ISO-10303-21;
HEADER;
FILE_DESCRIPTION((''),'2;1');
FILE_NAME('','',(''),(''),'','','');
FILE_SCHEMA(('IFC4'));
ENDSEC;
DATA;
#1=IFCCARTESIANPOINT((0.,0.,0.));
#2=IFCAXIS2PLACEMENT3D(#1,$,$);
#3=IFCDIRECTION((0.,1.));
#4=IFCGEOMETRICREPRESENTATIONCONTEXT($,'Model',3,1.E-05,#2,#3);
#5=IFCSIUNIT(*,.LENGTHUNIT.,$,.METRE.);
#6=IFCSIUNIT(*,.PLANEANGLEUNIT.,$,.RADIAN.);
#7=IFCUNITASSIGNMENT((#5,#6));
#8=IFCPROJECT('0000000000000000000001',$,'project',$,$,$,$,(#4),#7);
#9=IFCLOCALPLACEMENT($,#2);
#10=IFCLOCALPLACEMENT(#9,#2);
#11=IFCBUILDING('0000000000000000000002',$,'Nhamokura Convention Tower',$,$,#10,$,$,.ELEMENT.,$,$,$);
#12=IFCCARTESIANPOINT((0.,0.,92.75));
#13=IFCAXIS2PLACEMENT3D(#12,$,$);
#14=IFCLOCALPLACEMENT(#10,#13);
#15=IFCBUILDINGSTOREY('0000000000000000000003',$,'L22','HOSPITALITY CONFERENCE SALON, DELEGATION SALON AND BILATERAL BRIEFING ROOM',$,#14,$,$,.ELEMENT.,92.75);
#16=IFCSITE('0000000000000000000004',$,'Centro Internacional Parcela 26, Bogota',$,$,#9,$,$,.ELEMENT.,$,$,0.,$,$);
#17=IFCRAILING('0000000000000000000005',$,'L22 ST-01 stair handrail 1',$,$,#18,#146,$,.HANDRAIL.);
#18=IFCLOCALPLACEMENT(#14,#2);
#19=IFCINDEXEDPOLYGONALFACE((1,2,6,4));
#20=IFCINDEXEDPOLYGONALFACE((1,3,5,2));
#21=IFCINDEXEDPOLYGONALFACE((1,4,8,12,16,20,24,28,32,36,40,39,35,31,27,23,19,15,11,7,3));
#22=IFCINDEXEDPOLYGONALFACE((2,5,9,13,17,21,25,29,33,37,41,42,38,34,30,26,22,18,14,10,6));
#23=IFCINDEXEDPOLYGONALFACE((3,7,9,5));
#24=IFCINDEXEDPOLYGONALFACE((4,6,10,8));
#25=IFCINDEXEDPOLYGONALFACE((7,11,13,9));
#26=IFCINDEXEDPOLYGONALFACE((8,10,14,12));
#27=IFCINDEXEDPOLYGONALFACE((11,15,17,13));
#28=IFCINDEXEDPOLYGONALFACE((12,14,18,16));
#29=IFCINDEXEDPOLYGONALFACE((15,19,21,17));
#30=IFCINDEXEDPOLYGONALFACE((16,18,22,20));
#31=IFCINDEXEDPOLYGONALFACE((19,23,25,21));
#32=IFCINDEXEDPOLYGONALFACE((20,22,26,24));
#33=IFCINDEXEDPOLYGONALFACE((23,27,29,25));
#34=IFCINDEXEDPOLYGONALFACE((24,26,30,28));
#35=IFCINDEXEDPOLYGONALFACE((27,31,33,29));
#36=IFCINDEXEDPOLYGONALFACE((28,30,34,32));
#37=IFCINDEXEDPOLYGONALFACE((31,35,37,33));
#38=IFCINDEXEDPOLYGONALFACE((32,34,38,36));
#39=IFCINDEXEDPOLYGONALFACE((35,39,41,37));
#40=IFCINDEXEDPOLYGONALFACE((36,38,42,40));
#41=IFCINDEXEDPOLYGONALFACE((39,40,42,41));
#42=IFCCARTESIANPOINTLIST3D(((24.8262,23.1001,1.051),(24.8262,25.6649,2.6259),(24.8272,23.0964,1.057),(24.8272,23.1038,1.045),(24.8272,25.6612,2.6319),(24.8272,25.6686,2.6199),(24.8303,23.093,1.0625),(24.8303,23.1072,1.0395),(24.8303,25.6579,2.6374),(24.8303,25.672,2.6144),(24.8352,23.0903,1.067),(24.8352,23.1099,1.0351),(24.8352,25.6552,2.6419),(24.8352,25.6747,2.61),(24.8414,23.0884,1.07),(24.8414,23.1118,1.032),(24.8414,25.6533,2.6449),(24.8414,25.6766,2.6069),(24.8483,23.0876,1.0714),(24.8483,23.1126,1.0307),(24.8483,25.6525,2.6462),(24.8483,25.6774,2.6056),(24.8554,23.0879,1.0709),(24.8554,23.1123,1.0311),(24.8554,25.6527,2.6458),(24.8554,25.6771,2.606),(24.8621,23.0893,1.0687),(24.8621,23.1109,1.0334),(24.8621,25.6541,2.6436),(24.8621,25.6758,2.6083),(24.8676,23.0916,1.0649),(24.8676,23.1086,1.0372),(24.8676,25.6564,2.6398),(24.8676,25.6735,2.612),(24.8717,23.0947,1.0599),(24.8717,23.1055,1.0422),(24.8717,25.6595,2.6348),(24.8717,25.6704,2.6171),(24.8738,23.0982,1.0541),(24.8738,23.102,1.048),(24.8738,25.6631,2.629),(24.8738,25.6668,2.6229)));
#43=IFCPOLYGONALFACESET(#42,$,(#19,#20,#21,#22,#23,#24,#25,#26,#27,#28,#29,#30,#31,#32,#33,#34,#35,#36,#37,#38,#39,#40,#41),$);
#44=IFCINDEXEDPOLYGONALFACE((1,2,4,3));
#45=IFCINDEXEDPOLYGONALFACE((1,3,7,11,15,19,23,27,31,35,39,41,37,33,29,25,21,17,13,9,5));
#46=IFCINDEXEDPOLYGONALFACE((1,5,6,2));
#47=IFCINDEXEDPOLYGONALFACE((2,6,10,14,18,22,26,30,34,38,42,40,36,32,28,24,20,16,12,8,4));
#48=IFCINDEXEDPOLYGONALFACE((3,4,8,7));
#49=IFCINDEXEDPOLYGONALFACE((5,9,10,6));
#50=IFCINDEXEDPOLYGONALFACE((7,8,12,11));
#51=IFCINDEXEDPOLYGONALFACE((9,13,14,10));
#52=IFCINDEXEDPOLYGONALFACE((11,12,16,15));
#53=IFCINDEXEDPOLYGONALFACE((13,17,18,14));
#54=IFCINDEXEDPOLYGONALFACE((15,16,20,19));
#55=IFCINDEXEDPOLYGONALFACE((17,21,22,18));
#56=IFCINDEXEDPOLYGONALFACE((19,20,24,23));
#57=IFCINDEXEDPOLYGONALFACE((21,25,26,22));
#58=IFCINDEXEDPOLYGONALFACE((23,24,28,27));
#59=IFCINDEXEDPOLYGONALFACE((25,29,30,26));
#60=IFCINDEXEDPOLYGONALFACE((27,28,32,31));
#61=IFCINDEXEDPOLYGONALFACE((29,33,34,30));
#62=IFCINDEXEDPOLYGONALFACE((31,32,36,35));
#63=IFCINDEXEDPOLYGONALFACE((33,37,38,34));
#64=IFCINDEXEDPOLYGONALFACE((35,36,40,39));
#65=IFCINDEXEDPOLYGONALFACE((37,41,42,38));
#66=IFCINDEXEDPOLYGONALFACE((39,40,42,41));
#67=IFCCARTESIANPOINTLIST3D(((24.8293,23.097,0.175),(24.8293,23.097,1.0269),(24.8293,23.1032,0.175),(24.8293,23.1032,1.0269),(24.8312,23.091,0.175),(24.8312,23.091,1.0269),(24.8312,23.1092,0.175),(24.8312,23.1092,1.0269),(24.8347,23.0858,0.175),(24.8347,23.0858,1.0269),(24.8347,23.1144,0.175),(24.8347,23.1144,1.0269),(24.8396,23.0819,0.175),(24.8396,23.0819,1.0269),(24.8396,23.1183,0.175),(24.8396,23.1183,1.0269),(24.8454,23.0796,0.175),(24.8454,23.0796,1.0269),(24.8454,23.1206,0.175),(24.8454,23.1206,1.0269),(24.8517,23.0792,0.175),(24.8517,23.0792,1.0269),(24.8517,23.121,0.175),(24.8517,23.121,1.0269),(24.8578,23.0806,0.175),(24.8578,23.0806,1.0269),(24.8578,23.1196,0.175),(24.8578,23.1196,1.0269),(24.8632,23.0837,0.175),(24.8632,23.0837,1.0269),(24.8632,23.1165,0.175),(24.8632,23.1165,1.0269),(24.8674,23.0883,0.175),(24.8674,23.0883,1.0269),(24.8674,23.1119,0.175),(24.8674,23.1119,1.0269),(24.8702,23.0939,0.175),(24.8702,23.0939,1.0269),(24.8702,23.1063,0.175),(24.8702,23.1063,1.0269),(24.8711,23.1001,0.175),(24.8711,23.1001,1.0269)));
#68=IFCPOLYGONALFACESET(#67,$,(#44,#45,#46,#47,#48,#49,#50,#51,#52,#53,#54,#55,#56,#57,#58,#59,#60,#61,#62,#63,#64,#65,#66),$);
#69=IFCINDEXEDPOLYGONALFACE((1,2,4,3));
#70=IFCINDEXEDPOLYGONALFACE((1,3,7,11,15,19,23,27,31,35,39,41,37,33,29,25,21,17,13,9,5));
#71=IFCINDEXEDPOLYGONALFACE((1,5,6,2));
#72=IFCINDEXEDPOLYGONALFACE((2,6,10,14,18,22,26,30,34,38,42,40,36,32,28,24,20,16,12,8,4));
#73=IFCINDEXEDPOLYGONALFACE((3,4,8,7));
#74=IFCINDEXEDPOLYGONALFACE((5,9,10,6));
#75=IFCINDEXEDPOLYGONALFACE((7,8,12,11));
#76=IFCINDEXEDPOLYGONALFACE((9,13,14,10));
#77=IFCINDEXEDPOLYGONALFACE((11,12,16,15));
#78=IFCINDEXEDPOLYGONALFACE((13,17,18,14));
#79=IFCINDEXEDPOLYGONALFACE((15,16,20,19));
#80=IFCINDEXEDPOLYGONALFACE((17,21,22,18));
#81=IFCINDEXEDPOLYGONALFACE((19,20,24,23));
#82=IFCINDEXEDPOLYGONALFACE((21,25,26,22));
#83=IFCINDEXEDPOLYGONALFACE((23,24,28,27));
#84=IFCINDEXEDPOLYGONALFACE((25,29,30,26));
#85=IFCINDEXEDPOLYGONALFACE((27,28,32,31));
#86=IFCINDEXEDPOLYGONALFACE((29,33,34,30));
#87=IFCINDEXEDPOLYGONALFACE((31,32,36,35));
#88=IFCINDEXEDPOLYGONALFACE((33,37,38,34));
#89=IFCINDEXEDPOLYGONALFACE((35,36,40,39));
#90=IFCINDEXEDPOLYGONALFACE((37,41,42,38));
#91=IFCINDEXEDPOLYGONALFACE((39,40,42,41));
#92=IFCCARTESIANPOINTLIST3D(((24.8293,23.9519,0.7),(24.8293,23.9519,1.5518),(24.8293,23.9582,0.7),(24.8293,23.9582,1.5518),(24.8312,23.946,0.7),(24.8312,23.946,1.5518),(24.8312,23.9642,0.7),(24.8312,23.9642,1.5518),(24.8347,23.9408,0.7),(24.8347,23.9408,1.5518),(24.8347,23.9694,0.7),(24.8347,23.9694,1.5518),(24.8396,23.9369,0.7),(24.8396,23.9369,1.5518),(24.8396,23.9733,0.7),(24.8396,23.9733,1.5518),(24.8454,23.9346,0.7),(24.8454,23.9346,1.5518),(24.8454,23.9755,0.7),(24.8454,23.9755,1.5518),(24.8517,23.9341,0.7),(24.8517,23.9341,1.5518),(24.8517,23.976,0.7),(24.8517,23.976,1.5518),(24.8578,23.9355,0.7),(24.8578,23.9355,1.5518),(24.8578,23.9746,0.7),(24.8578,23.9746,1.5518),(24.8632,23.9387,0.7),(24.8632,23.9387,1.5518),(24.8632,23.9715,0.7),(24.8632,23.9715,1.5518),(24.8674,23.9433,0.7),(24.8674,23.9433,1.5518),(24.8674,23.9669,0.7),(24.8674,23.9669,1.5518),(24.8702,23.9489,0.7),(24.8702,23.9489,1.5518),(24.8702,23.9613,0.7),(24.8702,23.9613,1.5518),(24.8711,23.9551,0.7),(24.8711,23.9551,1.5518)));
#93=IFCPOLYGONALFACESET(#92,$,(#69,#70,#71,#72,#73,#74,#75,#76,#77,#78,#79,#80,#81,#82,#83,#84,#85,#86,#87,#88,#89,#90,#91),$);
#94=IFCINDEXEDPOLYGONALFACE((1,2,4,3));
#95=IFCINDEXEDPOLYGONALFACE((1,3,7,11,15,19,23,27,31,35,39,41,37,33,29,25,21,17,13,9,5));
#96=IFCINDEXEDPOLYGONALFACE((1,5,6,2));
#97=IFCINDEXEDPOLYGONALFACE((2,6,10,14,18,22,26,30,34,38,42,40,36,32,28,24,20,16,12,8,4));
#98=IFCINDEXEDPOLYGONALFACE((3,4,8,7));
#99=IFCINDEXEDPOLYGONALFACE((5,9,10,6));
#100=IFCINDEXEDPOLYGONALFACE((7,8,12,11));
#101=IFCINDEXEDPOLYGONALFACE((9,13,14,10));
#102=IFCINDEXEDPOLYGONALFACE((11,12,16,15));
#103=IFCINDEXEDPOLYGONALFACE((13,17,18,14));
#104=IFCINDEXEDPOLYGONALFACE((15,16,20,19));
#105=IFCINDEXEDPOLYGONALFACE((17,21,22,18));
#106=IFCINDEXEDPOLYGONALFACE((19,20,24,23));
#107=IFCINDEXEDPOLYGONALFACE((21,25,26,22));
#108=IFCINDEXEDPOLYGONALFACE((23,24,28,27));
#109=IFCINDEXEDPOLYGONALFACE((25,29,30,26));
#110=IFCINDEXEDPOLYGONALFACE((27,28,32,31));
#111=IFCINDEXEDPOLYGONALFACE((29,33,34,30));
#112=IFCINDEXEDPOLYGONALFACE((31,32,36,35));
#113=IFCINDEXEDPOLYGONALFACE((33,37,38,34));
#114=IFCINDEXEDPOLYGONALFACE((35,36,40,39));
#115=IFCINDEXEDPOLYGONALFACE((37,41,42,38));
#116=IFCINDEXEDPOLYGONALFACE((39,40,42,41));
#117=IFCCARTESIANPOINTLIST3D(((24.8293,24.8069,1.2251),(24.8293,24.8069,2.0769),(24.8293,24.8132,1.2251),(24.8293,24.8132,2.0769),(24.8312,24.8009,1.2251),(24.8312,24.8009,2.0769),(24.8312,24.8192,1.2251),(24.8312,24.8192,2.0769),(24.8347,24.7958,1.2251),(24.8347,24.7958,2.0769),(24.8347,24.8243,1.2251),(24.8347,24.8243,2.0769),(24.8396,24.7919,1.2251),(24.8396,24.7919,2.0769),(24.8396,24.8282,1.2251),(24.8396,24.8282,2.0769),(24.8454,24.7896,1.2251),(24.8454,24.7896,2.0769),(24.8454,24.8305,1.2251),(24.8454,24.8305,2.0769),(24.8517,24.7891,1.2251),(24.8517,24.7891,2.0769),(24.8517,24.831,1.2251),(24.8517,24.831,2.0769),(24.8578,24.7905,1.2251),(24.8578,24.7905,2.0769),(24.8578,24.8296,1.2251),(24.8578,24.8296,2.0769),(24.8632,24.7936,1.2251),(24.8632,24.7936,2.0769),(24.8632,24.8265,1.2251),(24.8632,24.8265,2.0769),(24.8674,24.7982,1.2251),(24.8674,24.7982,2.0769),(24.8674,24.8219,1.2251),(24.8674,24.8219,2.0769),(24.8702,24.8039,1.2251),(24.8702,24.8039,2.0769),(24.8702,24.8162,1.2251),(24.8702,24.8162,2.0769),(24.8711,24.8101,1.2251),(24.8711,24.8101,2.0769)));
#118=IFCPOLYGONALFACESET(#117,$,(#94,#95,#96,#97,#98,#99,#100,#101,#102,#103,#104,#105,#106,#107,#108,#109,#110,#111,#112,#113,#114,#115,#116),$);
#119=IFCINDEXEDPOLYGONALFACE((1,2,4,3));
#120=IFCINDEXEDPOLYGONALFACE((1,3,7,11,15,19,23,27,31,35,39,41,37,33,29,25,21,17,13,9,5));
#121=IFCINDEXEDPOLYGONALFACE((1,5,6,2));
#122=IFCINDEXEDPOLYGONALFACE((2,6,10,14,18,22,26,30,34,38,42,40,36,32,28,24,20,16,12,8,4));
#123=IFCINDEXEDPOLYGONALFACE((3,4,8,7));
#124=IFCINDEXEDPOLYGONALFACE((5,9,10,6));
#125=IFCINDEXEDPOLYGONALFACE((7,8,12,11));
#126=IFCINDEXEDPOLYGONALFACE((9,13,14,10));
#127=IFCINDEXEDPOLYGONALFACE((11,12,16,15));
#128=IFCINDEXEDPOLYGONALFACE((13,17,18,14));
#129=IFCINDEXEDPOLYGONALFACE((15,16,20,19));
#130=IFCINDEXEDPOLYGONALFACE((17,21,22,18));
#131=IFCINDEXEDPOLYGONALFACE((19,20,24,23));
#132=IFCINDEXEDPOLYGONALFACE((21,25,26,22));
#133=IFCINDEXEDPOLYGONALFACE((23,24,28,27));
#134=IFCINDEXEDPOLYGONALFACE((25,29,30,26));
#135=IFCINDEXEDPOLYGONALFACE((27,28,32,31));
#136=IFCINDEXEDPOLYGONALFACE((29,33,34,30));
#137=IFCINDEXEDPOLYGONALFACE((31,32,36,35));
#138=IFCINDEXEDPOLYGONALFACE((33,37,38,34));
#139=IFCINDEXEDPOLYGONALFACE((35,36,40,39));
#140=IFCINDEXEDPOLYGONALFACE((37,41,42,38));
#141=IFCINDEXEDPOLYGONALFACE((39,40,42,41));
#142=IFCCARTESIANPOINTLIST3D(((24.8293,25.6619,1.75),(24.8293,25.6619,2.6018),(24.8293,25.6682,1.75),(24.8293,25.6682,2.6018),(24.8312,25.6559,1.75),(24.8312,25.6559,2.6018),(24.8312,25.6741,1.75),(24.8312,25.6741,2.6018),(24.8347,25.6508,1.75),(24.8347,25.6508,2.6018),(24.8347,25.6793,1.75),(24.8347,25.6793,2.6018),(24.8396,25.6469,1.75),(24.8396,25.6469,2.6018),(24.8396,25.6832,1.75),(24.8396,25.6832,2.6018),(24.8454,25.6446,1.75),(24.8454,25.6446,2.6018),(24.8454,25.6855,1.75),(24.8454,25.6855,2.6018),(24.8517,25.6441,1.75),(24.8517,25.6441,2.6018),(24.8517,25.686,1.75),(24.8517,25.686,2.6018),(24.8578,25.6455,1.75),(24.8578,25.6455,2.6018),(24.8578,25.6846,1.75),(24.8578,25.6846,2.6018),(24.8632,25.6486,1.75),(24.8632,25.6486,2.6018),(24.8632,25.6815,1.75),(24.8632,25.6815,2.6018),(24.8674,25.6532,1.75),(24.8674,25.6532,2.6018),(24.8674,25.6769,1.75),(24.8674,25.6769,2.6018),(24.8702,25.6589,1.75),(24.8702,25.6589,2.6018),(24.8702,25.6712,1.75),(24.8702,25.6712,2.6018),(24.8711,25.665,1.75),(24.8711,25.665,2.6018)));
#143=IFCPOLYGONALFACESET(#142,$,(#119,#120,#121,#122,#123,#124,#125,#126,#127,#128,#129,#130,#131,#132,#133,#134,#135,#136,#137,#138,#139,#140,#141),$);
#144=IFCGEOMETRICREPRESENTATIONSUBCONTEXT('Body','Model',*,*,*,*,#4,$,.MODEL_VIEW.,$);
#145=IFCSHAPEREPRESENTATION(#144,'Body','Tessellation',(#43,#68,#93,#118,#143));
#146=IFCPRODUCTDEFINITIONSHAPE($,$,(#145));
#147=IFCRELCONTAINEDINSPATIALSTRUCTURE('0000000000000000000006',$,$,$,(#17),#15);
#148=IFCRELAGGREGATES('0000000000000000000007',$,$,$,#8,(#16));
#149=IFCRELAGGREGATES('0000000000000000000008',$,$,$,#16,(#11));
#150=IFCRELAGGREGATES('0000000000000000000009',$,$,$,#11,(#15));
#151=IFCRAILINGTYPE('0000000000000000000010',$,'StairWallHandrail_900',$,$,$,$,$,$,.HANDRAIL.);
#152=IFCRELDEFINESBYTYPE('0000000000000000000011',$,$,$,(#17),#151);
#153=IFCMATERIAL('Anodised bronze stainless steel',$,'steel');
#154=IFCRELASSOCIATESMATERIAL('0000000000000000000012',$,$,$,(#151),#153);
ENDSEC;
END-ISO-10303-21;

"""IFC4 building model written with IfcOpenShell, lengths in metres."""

from ifc_helpers import new_model, si_unit, direction, frame, origin, origin_2d, place, context, subcontext, project, spatial, circle, extrude, material, type_object, element, save


model = new_model("IFC4")

# Units and contexts
model_context = context("Model", 3, precision=1e-05, world=origin(), true_north=direction((0.0, 1.0)))
body_context = subcontext(model_context, "Body", "Model", "MODEL_VIEW")
ifc_project = project(units=[si_unit("LENGTHUNIT", "METRE"), si_unit("PLANEANGLEUNIT", "RADIAN")], contexts=[model_context])

# Site, building, storey
site_placement = place(None, origin())
site = spatial("IfcSite", under=ifc_project, at=site_placement, Name="Centro Internacional Parcela 26, Bogota", CompositionType="ELEMENT", RefElevation=0.0)
building_placement = place(site_placement, origin())
building = spatial("IfcBuilding", under=site, at=building_placement, Name="Nhamokura Convention Tower", CompositionType="ELEMENT")
storey_placement = place(building_placement, frame((0.0, 0.0, 92.75)))
storey = spatial("IfcBuildingStorey", under=building, at=storey_placement, Name="L22", Description="HOSPITALITY CONFERENCE SALON, DELEGATION SALON AND BILATERAL BRIEFING ROOM", CompositionType="ELEMENT", Elevation=92.75)

# Railing
ifc_material_1 = material(Name="Anodised bronze stainless steel", Category="steel")
railing_type_1 = type_object("IfcRailingType", Name="StairWallHandrail_900", PredefinedType="HANDRAIL", material=ifc_material_1)
railing_1_placement = place(storey_placement, frame((24.8501, 23.1001, 0.175)))
element("IfcRailing", 1, at=railing_1_placement, inside=storey, type_object=railing_type_1, Name="L22 ST-01 stair handrail 1", PredefinedType="HANDRAIL", context=body_context, shape_type="SweptSolid", body=[
    extrude(circle(Radius=0.0239, at=origin_2d()), frame((0.0, 0.0, 0.876), z_axis=(0.0, 0.852173, 0.52326), x_axis=(-1.0, 0.0, 0.0)), (0.0, 0.0, 1.0), 3.0098),
    extrude(circle(Radius=0.021, at=origin_2d()), origin(), (0.0, 0.0, 1.0), 0.8518),
    extrude(circle(Radius=0.021, at=origin_2d()), frame((0.0, 0.855, 0.5249)), (0.0, 0.0, 1.0), 0.8518),
    extrude(circle(Radius=0.021, at=origin_2d()), frame((0.0, 1.71, 1.05)), (0.0, 0.0, 1.0), 0.8518),
    extrude(circle(Radius=0.021, at=origin_2d()), frame((0.0, 2.5649, 1.575)), (0.0, 0.0, 1.0), 0.8518),
])

save(model, "model.ifc")
